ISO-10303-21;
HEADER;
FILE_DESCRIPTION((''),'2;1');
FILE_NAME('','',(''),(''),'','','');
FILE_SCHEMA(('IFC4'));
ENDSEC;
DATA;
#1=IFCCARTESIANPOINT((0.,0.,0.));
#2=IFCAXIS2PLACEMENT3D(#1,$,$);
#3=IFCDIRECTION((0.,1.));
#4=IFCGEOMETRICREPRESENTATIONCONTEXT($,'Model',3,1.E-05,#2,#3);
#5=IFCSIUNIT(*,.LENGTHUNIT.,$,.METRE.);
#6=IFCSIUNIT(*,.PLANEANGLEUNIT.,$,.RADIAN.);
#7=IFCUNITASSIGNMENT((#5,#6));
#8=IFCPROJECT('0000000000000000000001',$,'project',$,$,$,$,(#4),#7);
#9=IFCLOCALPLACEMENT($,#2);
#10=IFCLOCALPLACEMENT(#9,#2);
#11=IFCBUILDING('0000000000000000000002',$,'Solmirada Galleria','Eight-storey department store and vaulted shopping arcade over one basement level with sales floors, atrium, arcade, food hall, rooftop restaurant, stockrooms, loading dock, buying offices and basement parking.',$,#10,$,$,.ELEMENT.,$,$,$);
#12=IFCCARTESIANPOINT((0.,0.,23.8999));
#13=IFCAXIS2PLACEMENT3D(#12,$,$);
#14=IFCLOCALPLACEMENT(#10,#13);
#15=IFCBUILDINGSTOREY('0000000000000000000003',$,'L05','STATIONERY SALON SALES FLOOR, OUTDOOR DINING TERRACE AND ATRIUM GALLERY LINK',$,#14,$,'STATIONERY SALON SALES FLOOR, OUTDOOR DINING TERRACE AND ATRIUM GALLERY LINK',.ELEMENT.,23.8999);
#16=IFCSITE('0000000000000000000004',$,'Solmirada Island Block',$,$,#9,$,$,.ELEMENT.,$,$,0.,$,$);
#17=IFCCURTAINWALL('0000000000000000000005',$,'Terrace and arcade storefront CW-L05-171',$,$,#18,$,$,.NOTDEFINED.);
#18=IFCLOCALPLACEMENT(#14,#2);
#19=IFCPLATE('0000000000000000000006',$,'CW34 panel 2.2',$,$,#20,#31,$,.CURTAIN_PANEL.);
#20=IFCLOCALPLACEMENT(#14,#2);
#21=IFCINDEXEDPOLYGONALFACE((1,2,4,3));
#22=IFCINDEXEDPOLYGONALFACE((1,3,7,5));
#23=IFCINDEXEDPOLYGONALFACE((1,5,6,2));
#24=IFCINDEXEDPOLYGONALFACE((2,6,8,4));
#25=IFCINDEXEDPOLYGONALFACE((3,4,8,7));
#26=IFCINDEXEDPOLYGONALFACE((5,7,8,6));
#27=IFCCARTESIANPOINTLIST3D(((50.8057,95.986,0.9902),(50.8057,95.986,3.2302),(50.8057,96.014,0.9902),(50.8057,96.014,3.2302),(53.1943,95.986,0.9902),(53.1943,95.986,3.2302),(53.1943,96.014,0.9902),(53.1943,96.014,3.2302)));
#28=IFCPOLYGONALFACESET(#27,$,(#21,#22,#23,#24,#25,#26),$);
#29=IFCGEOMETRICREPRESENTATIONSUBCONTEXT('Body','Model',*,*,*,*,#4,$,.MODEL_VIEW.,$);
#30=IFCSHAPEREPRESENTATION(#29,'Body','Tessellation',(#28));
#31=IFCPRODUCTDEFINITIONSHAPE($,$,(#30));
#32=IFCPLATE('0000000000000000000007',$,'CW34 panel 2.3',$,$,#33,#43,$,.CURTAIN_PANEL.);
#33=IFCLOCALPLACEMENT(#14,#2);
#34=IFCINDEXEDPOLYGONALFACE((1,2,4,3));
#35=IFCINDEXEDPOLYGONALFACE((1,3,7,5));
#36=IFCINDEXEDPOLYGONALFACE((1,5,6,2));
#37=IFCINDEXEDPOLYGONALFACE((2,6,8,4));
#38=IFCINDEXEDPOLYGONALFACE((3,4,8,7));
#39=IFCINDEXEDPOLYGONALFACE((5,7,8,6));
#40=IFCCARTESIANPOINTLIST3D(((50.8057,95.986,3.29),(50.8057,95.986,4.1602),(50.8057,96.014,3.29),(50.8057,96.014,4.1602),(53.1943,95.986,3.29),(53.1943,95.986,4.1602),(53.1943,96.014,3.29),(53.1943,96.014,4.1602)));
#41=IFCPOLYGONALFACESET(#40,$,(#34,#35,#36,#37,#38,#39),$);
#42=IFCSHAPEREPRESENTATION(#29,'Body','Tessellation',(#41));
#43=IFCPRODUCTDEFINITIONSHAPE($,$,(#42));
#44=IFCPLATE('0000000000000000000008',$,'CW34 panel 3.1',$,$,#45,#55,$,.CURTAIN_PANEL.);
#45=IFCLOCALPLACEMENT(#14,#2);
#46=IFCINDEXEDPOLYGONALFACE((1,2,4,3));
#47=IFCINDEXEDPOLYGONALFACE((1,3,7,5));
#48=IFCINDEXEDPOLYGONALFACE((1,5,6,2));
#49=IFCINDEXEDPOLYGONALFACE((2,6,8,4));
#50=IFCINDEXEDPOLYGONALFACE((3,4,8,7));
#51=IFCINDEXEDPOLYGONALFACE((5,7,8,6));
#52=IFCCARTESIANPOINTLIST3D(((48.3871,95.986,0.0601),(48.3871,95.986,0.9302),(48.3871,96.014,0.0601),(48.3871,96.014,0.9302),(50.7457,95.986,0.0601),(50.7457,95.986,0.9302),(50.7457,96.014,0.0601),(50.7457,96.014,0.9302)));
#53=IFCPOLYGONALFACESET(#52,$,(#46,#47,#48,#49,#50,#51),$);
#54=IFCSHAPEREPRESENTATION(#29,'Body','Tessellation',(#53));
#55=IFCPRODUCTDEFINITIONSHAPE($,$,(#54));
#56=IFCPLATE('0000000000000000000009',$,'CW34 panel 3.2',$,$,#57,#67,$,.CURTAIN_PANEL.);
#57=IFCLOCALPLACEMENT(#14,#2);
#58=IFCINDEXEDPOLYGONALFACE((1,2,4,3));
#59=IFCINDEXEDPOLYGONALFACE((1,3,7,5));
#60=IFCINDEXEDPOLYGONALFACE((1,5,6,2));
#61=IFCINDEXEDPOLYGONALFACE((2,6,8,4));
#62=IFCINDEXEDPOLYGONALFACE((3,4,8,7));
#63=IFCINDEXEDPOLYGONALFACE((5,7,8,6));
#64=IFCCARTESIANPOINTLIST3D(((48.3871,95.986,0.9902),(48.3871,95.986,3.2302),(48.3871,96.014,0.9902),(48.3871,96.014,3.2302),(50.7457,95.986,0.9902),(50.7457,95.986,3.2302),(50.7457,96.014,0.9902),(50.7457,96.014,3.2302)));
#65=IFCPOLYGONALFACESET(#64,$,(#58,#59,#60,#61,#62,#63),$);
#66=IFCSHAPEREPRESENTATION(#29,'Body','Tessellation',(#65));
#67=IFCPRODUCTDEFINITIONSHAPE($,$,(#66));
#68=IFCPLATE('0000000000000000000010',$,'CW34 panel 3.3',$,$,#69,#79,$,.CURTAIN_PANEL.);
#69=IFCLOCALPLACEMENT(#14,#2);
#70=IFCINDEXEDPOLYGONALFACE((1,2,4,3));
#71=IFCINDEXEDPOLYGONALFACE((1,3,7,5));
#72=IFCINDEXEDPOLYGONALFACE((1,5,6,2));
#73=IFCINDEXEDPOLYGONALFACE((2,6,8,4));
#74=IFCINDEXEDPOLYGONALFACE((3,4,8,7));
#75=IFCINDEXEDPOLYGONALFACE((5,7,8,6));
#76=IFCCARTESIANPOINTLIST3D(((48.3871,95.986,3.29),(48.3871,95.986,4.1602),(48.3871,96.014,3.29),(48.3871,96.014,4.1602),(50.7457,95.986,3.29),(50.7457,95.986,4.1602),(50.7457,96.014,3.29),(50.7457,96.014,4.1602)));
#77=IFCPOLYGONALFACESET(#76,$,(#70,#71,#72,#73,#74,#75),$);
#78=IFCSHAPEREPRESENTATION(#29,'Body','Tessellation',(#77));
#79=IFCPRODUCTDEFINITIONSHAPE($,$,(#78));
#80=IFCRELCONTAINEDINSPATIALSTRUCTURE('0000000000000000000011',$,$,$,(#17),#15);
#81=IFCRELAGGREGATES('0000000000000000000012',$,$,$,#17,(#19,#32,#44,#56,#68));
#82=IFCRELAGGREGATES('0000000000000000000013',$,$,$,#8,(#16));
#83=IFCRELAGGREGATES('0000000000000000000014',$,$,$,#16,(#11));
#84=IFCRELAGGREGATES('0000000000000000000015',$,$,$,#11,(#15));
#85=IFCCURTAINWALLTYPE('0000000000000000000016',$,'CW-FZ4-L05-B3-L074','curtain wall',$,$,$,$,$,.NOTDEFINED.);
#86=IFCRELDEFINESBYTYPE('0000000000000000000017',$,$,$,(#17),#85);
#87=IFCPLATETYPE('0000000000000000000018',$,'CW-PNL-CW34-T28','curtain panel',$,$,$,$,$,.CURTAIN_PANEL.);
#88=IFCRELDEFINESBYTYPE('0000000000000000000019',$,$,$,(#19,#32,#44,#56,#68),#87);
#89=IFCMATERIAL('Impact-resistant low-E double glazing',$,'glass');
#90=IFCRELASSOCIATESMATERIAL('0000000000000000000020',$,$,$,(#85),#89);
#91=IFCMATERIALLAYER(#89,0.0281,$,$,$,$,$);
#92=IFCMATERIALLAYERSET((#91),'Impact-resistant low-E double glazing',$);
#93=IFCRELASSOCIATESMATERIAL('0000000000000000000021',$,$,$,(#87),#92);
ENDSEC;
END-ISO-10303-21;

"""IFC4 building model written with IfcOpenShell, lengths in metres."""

from ifc_helpers import new_model, si_unit, direction, frame, origin, origin_2d, place, context, subcontext, project, spatial, rectangle, extrude, material, layer, layer_set, type_object, element, aggregate, save


model = new_model("IFC4")

# Units and contexts
model_context = context("Model", 3, precision=1e-05, world=origin(), true_north=direction((0.0, 1.0)))
body_context = subcontext(model_context, "Body", "Model", "MODEL_VIEW")
ifc_project = project(units=[si_unit("LENGTHUNIT", "METRE"), si_unit("PLANEANGLEUNIT", "RADIAN")], contexts=[model_context])

# Site, building, storey
site_placement = place(None, origin())
site = spatial("IfcSite", under=ifc_project, at=site_placement, Name="Solmirada Island Block", CompositionType="ELEMENT", RefElevation=0.0)
building_placement = place(site_placement, origin())
building = spatial("IfcBuilding", under=site, at=building_placement, Name="Solmirada Galleria", Description="Eight-storey department store and vaulted shopping arcade over one basement level with sales floors, atrium, arcade, food hall, rooftop restaurant, stockrooms, loading dock, buying offices and basement parking.", CompositionType="ELEMENT")
storey_placement = place(building_placement, frame((0.0, 0.0, 23.8999)))
storey = spatial("IfcBuildingStorey", under=building, at=storey_placement, Name="L05", Description="STATIONERY SALON SALES FLOOR, OUTDOOR DINING TERRACE AND ATRIUM GALLERY LINK", LongName="STATIONERY SALON SALES FLOOR, OUTDOOR DINING TERRACE AND ATRIUM GALLERY LINK", CompositionType="ELEMENT", Elevation=23.8999)

# Curtain wall, plates
ifc_material_1 = material(Name="Impact-resistant low-E double glazing", Category="glass")
curtain_wall_type = type_object("IfcCurtainWallType", Name="CW-FZ4-L05-B3-L074", Description="curtain wall", PredefinedType="NOTDEFINED", material=ifc_material_1)
curtain_wall_placement = place(storey_placement, origin())
curtain_wall = element("IfcCurtainWall", 1, at=curtain_wall_placement, inside=storey, type_object=curtain_wall_type, Name="Terrace and arcade storefront CW-L05-171", PredefinedType="NOTDEFINED")
ifc_layer = layer(ifc_material_1, 0.0281)
ifc_layer_set = layer_set([ifc_layer], Name="Impact-resistant low-E double glazing")
plate_type = type_object("IfcPlateType", Name="CW-PNL-CW34-T28", Description="curtain panel", PredefinedType="CURTAIN_PANEL", material=ifc_layer_set)
plate_1_placement = place(storey_placement, frame((52.0, 96.0, 0.9902), z_axis=(0.0, 0.0, 1.0), x_axis=(-1.0, 0.0, 0.0)))
plate_1 = element("IfcPlate", 2, at=plate_1_placement, type_object=plate_type, Name="CW34 panel 2.2", PredefinedType="CURTAIN_PANEL", context=body_context, shape_type="SweptSolid", body=[
    extrude(rectangle(XDim=2.3887, YDim=0.0281, at=origin_2d()), origin(), (0.0, 0.0, 1.0), 2.24),
])
plate_2_placement = place(storey_placement, frame((52.0, 96.0, 3.29), z_axis=(0.0, 0.0, 1.0), x_axis=(-1.0, 0.0, 0.0)))
plate_2 = element("IfcPlate", 3, at=plate_2_placement, type_object=plate_type, Name="CW34 panel 2.3", PredefinedType="CURTAIN_PANEL", context=body_context, shape_type="SweptSolid", body=[
    extrude(rectangle(XDim=2.3887, YDim=0.0281, at=origin_2d()), origin(), (0.0, 0.0, 1.0), 0.8701),
])
plate_3_placement = place(storey_placement, frame((49.5664, 96.0, 0.0601), z_axis=(0.0, 0.0, 1.0), x_axis=(-1.0, 0.0, 0.0)))
plate_3 = element("IfcPlate", 4, at=plate_3_placement, type_object=plate_type, Name="CW34 panel 3.1", PredefinedType="CURTAIN_PANEL", context=body_context, shape_type="SweptSolid", body=[
    extrude(rectangle(XDim=2.3586, YDim=0.0281, at=origin_2d()), origin(), (0.0, 0.0, 1.0), 0.8701),
])
plate_4_placement = place(storey_placement, frame((49.5664, 96.0, 0.9902), z_axis=(0.0, 0.0, 1.0), x_axis=(-1.0, 0.0, 0.0)))
plate_4 = element("IfcPlate", 5, at=plate_4_placement, type_object=plate_type, Name="CW34 panel 3.2", PredefinedType="CURTAIN_PANEL", context=body_context, shape_type="SweptSolid", body=[
    extrude(rectangle(XDim=2.3586, YDim=0.0281, at=origin_2d()), origin(), (0.0, 0.0, 1.0), 2.24),
])
plate_5_placement = place(storey_placement, frame((49.5664, 96.0, 3.29), z_axis=(0.0, 0.0, 1.0), x_axis=(-1.0, 0.0, 0.0)))
plate_5 = element("IfcPlate", 6, at=plate_5_placement, type_object=plate_type, Name="CW34 panel 3.3", PredefinedType="CURTAIN_PANEL", context=body_context, shape_type="SweptSolid", body=[
    extrude(rectangle(XDim=2.3586, YDim=0.0281, at=origin_2d()), origin(), (0.0, 0.0, 1.0), 0.8701),
])
aggregate(curtain_wall, [plate_1, plate_2, plate_3, plate_4, plate_5])

save(model, "model.ifc")
